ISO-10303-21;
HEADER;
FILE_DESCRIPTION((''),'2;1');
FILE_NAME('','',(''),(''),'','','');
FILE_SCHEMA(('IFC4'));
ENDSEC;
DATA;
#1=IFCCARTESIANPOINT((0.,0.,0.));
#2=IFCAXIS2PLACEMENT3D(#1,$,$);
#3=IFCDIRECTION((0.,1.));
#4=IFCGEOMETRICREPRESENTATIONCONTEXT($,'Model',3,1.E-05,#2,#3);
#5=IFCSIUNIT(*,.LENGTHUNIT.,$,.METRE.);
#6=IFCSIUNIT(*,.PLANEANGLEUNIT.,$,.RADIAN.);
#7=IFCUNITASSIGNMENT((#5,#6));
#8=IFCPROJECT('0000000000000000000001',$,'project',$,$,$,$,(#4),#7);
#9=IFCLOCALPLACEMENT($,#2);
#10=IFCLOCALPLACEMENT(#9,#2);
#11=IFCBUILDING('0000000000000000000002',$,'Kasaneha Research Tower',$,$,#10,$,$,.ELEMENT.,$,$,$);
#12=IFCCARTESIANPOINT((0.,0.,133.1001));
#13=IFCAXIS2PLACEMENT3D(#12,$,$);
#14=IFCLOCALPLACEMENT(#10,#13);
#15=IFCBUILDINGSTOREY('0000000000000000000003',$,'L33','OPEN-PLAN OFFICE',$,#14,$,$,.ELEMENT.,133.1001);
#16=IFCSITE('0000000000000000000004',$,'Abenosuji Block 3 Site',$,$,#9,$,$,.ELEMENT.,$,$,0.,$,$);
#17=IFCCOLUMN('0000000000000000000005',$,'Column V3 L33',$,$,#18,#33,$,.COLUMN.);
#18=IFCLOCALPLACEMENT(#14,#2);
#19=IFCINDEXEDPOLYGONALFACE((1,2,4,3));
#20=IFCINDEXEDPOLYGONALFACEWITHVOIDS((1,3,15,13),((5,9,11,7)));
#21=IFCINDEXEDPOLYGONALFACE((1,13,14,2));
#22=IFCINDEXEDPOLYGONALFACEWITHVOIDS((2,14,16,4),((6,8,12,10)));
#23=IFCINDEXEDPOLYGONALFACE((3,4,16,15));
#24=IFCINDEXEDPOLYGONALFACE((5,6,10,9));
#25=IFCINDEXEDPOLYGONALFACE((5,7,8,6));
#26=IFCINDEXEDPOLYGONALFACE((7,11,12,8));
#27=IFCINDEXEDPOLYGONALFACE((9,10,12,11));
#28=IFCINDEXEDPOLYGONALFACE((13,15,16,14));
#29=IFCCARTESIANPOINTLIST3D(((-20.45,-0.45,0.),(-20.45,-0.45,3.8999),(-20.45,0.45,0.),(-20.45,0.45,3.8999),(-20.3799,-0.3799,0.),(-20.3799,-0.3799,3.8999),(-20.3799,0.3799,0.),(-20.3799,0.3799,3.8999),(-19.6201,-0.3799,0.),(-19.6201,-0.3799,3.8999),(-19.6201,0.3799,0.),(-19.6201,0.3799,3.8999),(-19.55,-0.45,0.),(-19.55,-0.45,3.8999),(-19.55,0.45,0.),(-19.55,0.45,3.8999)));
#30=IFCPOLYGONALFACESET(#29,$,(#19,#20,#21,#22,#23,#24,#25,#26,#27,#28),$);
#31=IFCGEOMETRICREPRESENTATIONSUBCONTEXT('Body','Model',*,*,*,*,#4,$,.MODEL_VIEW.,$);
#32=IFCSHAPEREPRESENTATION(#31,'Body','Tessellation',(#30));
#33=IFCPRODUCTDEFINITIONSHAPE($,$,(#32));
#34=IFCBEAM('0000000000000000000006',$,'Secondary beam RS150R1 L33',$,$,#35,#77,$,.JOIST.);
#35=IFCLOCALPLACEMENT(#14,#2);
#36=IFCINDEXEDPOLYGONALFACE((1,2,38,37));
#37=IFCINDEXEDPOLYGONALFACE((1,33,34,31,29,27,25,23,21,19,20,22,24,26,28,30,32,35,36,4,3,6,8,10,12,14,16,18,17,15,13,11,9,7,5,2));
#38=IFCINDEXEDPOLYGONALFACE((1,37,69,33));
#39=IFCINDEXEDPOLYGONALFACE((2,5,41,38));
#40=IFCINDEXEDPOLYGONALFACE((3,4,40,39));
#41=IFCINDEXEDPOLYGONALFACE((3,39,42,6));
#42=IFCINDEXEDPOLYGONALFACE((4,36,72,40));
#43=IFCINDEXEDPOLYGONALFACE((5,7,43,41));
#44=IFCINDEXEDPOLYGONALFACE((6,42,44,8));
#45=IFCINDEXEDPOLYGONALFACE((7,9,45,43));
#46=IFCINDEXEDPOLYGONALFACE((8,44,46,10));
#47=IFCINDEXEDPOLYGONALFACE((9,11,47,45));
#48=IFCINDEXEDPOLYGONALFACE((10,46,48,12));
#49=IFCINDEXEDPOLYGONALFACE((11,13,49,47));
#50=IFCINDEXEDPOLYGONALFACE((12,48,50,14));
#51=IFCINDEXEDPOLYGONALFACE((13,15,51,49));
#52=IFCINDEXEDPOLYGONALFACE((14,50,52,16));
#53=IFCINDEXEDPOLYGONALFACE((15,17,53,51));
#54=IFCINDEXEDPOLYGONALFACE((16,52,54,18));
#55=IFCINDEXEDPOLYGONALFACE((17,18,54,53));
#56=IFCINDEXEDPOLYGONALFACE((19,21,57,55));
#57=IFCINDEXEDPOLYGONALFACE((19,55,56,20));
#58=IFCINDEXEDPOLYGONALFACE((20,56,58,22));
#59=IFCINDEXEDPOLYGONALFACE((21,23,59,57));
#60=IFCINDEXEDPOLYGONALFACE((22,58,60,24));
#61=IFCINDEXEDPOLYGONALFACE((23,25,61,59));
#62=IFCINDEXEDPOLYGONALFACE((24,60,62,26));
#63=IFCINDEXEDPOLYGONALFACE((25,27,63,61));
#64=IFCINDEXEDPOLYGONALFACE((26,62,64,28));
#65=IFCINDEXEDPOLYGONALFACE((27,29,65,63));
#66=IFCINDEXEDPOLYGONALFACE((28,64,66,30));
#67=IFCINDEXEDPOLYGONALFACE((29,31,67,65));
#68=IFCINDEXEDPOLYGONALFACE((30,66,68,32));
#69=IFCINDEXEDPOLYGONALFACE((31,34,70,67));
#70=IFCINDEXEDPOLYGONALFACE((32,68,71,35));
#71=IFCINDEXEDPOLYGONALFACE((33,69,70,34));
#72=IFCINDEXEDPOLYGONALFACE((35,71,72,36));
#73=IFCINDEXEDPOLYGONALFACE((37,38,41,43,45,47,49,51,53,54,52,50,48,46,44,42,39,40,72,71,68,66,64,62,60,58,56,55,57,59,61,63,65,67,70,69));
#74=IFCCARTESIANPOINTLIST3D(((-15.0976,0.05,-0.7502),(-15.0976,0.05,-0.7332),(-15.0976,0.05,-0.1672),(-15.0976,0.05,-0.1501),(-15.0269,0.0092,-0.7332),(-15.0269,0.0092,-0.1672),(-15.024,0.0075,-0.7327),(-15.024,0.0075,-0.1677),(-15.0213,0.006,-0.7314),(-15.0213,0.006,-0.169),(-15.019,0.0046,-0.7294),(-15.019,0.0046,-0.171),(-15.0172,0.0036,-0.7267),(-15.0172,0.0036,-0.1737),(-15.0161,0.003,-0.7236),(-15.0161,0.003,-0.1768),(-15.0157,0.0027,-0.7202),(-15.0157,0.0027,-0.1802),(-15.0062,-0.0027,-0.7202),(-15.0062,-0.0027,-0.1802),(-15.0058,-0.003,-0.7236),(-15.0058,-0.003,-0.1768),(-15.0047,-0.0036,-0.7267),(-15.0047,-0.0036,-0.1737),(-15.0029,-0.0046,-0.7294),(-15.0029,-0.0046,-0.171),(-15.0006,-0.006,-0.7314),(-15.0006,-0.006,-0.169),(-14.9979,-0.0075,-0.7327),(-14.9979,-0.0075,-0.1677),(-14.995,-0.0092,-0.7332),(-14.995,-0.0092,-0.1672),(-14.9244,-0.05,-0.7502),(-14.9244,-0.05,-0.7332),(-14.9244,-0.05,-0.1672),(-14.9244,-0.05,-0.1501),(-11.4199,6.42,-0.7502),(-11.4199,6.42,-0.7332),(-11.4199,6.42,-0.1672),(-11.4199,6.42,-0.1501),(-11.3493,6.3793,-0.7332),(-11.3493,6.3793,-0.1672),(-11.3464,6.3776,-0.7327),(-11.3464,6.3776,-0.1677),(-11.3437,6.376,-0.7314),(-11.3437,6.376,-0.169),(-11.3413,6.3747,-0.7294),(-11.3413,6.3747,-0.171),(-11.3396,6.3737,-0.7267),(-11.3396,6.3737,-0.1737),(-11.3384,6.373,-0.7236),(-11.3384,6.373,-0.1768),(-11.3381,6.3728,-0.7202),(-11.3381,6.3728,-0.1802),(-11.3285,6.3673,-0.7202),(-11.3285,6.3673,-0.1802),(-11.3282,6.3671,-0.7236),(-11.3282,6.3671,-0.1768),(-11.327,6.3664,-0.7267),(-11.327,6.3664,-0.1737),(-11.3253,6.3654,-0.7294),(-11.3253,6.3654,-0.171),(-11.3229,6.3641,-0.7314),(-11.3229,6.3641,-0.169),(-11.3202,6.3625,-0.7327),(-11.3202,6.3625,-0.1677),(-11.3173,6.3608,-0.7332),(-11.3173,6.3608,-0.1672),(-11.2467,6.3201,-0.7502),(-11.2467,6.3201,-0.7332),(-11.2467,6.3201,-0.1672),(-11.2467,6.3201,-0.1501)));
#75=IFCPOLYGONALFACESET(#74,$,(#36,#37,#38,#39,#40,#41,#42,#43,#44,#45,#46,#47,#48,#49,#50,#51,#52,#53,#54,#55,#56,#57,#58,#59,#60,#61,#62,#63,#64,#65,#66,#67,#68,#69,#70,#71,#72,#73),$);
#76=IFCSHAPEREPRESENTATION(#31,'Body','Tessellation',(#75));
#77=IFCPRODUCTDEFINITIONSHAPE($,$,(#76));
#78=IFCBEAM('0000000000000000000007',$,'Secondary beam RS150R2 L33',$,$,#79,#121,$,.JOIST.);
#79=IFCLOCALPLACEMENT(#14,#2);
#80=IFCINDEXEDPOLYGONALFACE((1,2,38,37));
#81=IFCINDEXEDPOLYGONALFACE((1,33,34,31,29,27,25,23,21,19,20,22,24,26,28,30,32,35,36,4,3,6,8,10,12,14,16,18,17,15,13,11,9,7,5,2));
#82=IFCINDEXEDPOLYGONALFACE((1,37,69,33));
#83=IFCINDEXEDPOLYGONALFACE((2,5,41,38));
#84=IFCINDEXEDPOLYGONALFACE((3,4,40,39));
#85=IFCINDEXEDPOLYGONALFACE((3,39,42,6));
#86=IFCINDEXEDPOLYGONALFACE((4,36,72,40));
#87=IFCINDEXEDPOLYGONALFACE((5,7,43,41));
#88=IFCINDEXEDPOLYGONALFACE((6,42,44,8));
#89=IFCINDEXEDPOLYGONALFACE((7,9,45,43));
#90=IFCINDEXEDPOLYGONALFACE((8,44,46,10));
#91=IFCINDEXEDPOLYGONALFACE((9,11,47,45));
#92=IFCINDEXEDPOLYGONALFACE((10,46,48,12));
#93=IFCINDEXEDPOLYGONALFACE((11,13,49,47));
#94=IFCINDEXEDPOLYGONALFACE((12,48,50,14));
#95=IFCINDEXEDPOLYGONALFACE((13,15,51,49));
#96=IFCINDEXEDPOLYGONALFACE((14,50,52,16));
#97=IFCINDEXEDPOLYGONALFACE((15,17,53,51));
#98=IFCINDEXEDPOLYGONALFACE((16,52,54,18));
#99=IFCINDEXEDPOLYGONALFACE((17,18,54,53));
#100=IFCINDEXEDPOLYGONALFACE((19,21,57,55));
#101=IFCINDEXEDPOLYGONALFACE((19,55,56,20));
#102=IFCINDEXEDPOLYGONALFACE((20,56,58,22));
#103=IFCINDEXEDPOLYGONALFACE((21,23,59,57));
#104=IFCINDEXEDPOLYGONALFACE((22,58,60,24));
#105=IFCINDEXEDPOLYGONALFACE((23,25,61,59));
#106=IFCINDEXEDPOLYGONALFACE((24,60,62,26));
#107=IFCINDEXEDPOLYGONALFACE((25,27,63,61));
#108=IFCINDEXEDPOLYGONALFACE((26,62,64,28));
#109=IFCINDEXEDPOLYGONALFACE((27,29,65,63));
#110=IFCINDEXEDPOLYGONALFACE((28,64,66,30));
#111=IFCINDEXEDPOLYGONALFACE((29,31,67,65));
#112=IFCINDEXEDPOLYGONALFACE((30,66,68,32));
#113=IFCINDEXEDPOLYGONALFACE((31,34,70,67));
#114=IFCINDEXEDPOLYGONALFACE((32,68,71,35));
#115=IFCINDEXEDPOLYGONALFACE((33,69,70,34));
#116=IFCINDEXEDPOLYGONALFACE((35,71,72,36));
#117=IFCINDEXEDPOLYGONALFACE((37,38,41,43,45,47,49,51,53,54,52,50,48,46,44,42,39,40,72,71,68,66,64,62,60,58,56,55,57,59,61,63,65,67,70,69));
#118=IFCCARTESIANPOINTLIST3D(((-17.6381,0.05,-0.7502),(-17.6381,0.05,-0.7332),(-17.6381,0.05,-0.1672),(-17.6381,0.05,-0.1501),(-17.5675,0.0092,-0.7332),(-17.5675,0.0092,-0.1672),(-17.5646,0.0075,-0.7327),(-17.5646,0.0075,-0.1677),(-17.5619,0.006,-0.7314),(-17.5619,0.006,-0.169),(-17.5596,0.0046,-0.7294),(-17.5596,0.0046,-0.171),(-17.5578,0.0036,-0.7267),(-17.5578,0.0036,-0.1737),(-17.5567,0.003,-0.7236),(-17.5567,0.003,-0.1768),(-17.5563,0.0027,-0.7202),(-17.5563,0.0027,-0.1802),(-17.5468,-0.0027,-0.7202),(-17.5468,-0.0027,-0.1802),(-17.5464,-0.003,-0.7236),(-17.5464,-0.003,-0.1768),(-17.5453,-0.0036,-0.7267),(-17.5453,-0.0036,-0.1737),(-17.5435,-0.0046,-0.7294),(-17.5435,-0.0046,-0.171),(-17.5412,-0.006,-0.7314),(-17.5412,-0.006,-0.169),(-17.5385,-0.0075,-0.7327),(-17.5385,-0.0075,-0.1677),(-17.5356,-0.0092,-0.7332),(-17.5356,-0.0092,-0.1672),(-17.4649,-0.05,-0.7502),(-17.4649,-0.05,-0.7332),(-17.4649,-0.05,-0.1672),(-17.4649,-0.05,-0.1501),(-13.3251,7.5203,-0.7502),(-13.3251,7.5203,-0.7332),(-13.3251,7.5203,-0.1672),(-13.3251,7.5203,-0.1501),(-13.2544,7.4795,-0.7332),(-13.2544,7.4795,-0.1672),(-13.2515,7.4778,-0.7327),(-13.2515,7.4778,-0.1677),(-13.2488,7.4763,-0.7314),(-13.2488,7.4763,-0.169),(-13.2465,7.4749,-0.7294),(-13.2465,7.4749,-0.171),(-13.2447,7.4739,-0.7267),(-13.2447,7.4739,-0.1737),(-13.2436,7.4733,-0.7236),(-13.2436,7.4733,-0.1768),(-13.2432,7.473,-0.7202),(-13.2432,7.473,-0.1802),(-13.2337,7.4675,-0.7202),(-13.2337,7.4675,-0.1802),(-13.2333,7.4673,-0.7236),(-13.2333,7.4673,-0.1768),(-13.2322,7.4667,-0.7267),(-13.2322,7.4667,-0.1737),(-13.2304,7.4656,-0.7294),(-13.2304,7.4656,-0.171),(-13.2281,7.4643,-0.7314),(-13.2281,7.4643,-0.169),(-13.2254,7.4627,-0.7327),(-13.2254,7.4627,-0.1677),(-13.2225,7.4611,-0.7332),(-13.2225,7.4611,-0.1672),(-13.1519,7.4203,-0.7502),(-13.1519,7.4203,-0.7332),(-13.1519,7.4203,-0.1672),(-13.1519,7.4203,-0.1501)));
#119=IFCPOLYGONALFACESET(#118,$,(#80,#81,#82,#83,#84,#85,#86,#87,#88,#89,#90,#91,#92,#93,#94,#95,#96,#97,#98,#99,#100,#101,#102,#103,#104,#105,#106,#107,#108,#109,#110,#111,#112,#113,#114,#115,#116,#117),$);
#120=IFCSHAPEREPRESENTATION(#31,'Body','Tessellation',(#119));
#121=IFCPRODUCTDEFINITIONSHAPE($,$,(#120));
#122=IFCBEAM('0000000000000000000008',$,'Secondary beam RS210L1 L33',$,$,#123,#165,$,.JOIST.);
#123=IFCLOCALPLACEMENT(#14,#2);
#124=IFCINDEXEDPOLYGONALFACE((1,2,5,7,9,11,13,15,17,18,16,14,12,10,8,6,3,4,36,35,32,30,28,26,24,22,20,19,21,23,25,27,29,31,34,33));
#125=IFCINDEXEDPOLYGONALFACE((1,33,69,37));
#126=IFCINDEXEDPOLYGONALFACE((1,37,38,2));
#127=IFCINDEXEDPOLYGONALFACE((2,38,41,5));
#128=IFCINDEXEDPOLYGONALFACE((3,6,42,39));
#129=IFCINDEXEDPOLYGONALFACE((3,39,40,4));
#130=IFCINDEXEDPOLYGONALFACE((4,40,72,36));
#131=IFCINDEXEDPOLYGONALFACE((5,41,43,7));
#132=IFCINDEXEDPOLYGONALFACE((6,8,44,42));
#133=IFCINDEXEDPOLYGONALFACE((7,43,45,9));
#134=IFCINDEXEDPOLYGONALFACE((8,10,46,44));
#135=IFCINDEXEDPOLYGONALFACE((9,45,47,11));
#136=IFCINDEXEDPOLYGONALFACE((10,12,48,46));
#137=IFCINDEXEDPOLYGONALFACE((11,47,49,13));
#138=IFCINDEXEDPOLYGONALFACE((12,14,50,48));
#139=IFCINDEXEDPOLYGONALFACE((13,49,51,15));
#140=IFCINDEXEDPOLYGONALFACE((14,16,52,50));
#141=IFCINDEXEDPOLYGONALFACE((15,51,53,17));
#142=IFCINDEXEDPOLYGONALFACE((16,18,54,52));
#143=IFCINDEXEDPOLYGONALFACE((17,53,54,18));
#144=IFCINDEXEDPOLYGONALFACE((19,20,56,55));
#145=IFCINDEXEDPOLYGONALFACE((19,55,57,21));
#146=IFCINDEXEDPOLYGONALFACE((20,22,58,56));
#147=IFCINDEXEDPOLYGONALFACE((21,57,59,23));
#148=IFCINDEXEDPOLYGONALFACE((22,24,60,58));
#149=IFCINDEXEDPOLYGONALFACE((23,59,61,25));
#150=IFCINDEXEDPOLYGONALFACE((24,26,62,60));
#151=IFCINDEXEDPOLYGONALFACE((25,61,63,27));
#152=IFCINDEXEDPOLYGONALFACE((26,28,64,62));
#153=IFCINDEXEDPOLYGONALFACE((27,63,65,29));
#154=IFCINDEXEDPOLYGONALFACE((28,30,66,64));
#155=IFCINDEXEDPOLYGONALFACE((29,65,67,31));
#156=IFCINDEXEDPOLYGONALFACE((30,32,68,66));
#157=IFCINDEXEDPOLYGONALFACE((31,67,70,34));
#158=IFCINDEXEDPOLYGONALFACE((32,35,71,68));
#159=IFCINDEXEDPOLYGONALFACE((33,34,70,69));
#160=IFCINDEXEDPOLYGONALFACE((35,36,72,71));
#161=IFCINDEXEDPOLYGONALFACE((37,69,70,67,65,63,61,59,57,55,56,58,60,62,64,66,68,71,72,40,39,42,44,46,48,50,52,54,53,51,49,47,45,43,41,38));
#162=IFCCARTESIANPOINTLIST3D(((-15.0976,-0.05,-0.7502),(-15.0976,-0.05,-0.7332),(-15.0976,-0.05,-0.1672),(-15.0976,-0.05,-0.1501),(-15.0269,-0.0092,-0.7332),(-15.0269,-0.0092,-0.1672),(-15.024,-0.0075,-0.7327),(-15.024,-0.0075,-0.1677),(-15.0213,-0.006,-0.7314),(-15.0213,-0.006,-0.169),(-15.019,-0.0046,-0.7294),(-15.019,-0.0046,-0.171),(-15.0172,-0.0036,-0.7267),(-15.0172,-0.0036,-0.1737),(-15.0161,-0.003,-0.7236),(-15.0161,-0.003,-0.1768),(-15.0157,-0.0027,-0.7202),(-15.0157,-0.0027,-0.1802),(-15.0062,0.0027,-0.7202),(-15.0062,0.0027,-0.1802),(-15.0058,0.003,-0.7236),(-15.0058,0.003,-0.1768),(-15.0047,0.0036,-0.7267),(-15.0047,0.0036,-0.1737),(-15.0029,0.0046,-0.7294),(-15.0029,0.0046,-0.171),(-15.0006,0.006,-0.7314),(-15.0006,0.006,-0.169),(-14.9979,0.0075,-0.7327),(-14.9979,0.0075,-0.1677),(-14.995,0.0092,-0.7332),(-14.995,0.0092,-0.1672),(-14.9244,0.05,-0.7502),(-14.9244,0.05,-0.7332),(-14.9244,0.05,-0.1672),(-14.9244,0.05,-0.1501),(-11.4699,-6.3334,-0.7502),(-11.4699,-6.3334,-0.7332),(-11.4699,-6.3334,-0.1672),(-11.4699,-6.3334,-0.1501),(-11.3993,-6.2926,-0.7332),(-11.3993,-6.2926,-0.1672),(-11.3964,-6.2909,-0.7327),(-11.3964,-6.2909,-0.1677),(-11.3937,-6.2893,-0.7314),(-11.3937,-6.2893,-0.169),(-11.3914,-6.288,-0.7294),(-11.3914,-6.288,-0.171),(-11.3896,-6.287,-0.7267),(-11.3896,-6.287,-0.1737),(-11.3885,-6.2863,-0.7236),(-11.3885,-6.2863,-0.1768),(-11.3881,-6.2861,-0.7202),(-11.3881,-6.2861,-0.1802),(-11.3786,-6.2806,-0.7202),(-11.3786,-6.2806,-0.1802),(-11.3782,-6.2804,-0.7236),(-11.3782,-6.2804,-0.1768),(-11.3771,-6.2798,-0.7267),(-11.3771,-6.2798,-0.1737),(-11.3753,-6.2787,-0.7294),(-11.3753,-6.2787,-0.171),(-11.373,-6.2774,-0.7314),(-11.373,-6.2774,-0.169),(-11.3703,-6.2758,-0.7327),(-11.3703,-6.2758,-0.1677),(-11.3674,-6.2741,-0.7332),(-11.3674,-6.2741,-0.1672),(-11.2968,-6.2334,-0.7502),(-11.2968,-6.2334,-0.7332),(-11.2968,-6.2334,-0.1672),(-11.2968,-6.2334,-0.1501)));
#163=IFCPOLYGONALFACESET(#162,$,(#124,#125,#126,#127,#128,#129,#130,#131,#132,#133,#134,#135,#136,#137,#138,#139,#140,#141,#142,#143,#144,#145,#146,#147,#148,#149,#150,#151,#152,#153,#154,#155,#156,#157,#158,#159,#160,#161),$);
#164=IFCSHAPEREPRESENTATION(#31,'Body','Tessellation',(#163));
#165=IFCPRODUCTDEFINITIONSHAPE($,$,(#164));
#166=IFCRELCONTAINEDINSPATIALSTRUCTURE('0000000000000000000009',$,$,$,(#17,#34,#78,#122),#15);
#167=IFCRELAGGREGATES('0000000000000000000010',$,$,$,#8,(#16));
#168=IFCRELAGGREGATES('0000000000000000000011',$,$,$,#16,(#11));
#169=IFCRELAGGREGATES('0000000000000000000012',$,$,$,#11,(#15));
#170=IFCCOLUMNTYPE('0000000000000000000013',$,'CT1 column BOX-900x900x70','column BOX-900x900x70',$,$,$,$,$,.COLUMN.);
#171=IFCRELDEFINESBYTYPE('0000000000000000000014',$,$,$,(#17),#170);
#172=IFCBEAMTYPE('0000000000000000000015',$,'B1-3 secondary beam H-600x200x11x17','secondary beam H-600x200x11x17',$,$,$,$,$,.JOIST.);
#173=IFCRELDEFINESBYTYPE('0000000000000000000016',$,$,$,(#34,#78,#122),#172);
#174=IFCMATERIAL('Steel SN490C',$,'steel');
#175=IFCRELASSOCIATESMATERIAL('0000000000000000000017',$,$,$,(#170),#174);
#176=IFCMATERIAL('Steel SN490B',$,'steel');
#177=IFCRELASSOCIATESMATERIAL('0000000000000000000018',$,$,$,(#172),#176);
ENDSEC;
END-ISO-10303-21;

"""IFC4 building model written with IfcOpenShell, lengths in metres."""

from ifc_helpers import new_model, si_unit, direction, frame, origin, origin_2d, place, context, subcontext, project, spatial, hollow_rectangle, i_section, extrude, material, material_profile, profile_set, type_object, element, save


model = new_model("IFC4")

# Units and contexts
model_context = context("Model", 3, precision=1e-05, world=origin(), true_north=direction((0.0, 1.0)))
body_context = subcontext(model_context, "Body", "Model", "MODEL_VIEW")
ifc_project = project(units=[si_unit("LENGTHUNIT", "METRE"), si_unit("PLANEANGLEUNIT", "RADIAN")], contexts=[model_context])

# Site, building, storey
site_placement = place(None, origin())
site = spatial("IfcSite", under=ifc_project, at=site_placement, Name="Abenosuji Block 3 Site", CompositionType="ELEMENT", RefElevation=0.0)
building_placement = place(site_placement, origin())
building = spatial("IfcBuilding", under=site, at=building_placement, Name="Kasaneha Research Tower", CompositionType="ELEMENT")
storey_placement = place(building_placement, frame((0.0, 0.0, 133.1001)))
storey = spatial("IfcBuildingStorey", under=building, at=storey_placement, Name="L33", Description="OPEN-PLAN OFFICE", CompositionType="ELEMENT", Elevation=133.1001)

# Column
ifc_material_1 = material(Name="Steel SN490C", Category="steel")
ifc_material_profile_1 = material_profile(ifc_material_1, hollow_rectangle(XDim=0.8999, YDim=0.8999, WallThickness=0.0701, at=origin_2d()), Name="BOX-900x900x70")
ifc_profile_set_1 = profile_set([ifc_material_profile_1], Name="Steel SN490C")
column_type = type_object("IfcColumnType", Name="CT1 column BOX-900x900x70", Description="column BOX-900x900x70", PredefinedType="COLUMN", material=ifc_profile_set_1)
column_placement = place(storey_placement, frame((-20.0, 0.0, 0.0), z_axis=(0.0, 0.0, 1.0), x_axis=(1.0, 0.0, 0.0)))
element("IfcColumn", 1, at=column_placement, inside=storey, type_object=column_type, Name="Column V3 L33", PredefinedType="COLUMN", context=body_context, shape_type="SweptSolid", body=[
    extrude(hollow_rectangle(XDim=0.8999, YDim=0.8999, WallThickness=0.0701, at=origin_2d()), origin(), (0.0, 0.0, 1.0), 3.8999),
])

# Beams
ifc_material_2 = material(Name="Steel SN490B", Category="steel")
ifc_material_profile_2 = material_profile(ifc_material_2, i_section(OverallWidth=0.2, OverallDepth=0.6001, WebThickness=0.011, FlangeThickness=0.0171, FilletRadius=0.0129, at=origin_2d()), Name="H-600x200x11x17")
ifc_profile_set_2 = profile_set([ifc_material_profile_2], Name="Steel SN490B")
beam_type_1 = type_object("IfcBeamType", Name="B1-3 secondary beam H-600x200x11x17", Description="secondary beam H-600x200x11x17", PredefinedType="JOIST", material=ifc_profile_set_2)
beam_1_placement = place(storey_placement, frame((-15.011, 0.0, -0.4502), z_axis=(0.499994, 0.866029, 0.0), x_axis=(-0.866029, 0.499994, 0.0)))
element("IfcBeam", 2, at=beam_1_placement, inside=storey, type_object=beam_type_1, Name="Secondary beam RS150R1 L33", PredefinedType="JOIST", context=body_context, shape_type="SweptSolid", body=[
    extrude(i_section(OverallWidth=0.2, OverallDepth=0.6001, WebThickness=0.011, FlangeThickness=0.0171, FilletRadius=0.0129, at=origin_2d()), origin(), (0.0, 0.0, 1.0), 7.3555),
])
beam_2_placement = place(storey_placement, frame((-17.5515, 0.0, -0.4502), z_axis=(0.500005, 0.866023, 0.0), x_axis=(-0.866023, 0.500005, 0.0)))
element("IfcBeam", 3, at=beam_2_placement, inside=storey, type_object=beam_type_1, Name="Secondary beam RS150R2 L33", PredefinedType="JOIST", context=body_context, shape_type="SweptSolid", body=[
    extrude(i_section(OverallWidth=0.2, OverallDepth=0.6001, WebThickness=0.011, FlangeThickness=0.0171, FilletRadius=0.0129, at=origin_2d()), origin(), (0.0, 0.0, 1.0), 8.626),
])
beam_3_placement = place(storey_placement, frame((-15.011, 0.0, -0.4502), z_axis=(0.499993, -0.866029, 0.0), x_axis=(0.866029, 0.499993, 0.0)))
element("IfcBeam", 4, at=beam_3_placement, inside=storey, type_object=beam_type_1, Name="Secondary beam RS210L1 L33", PredefinedType="JOIST", context=body_context, shape_type="SweptSolid", body=[
    extrude(i_section(OverallWidth=0.2, OverallDepth=0.6001, WebThickness=0.011, FlangeThickness=0.0171, FilletRadius=0.0129, at=origin_2d()), origin(), (0.0, 0.0, 1.0), 7.2554),
])

save(model, "model.ifc")
